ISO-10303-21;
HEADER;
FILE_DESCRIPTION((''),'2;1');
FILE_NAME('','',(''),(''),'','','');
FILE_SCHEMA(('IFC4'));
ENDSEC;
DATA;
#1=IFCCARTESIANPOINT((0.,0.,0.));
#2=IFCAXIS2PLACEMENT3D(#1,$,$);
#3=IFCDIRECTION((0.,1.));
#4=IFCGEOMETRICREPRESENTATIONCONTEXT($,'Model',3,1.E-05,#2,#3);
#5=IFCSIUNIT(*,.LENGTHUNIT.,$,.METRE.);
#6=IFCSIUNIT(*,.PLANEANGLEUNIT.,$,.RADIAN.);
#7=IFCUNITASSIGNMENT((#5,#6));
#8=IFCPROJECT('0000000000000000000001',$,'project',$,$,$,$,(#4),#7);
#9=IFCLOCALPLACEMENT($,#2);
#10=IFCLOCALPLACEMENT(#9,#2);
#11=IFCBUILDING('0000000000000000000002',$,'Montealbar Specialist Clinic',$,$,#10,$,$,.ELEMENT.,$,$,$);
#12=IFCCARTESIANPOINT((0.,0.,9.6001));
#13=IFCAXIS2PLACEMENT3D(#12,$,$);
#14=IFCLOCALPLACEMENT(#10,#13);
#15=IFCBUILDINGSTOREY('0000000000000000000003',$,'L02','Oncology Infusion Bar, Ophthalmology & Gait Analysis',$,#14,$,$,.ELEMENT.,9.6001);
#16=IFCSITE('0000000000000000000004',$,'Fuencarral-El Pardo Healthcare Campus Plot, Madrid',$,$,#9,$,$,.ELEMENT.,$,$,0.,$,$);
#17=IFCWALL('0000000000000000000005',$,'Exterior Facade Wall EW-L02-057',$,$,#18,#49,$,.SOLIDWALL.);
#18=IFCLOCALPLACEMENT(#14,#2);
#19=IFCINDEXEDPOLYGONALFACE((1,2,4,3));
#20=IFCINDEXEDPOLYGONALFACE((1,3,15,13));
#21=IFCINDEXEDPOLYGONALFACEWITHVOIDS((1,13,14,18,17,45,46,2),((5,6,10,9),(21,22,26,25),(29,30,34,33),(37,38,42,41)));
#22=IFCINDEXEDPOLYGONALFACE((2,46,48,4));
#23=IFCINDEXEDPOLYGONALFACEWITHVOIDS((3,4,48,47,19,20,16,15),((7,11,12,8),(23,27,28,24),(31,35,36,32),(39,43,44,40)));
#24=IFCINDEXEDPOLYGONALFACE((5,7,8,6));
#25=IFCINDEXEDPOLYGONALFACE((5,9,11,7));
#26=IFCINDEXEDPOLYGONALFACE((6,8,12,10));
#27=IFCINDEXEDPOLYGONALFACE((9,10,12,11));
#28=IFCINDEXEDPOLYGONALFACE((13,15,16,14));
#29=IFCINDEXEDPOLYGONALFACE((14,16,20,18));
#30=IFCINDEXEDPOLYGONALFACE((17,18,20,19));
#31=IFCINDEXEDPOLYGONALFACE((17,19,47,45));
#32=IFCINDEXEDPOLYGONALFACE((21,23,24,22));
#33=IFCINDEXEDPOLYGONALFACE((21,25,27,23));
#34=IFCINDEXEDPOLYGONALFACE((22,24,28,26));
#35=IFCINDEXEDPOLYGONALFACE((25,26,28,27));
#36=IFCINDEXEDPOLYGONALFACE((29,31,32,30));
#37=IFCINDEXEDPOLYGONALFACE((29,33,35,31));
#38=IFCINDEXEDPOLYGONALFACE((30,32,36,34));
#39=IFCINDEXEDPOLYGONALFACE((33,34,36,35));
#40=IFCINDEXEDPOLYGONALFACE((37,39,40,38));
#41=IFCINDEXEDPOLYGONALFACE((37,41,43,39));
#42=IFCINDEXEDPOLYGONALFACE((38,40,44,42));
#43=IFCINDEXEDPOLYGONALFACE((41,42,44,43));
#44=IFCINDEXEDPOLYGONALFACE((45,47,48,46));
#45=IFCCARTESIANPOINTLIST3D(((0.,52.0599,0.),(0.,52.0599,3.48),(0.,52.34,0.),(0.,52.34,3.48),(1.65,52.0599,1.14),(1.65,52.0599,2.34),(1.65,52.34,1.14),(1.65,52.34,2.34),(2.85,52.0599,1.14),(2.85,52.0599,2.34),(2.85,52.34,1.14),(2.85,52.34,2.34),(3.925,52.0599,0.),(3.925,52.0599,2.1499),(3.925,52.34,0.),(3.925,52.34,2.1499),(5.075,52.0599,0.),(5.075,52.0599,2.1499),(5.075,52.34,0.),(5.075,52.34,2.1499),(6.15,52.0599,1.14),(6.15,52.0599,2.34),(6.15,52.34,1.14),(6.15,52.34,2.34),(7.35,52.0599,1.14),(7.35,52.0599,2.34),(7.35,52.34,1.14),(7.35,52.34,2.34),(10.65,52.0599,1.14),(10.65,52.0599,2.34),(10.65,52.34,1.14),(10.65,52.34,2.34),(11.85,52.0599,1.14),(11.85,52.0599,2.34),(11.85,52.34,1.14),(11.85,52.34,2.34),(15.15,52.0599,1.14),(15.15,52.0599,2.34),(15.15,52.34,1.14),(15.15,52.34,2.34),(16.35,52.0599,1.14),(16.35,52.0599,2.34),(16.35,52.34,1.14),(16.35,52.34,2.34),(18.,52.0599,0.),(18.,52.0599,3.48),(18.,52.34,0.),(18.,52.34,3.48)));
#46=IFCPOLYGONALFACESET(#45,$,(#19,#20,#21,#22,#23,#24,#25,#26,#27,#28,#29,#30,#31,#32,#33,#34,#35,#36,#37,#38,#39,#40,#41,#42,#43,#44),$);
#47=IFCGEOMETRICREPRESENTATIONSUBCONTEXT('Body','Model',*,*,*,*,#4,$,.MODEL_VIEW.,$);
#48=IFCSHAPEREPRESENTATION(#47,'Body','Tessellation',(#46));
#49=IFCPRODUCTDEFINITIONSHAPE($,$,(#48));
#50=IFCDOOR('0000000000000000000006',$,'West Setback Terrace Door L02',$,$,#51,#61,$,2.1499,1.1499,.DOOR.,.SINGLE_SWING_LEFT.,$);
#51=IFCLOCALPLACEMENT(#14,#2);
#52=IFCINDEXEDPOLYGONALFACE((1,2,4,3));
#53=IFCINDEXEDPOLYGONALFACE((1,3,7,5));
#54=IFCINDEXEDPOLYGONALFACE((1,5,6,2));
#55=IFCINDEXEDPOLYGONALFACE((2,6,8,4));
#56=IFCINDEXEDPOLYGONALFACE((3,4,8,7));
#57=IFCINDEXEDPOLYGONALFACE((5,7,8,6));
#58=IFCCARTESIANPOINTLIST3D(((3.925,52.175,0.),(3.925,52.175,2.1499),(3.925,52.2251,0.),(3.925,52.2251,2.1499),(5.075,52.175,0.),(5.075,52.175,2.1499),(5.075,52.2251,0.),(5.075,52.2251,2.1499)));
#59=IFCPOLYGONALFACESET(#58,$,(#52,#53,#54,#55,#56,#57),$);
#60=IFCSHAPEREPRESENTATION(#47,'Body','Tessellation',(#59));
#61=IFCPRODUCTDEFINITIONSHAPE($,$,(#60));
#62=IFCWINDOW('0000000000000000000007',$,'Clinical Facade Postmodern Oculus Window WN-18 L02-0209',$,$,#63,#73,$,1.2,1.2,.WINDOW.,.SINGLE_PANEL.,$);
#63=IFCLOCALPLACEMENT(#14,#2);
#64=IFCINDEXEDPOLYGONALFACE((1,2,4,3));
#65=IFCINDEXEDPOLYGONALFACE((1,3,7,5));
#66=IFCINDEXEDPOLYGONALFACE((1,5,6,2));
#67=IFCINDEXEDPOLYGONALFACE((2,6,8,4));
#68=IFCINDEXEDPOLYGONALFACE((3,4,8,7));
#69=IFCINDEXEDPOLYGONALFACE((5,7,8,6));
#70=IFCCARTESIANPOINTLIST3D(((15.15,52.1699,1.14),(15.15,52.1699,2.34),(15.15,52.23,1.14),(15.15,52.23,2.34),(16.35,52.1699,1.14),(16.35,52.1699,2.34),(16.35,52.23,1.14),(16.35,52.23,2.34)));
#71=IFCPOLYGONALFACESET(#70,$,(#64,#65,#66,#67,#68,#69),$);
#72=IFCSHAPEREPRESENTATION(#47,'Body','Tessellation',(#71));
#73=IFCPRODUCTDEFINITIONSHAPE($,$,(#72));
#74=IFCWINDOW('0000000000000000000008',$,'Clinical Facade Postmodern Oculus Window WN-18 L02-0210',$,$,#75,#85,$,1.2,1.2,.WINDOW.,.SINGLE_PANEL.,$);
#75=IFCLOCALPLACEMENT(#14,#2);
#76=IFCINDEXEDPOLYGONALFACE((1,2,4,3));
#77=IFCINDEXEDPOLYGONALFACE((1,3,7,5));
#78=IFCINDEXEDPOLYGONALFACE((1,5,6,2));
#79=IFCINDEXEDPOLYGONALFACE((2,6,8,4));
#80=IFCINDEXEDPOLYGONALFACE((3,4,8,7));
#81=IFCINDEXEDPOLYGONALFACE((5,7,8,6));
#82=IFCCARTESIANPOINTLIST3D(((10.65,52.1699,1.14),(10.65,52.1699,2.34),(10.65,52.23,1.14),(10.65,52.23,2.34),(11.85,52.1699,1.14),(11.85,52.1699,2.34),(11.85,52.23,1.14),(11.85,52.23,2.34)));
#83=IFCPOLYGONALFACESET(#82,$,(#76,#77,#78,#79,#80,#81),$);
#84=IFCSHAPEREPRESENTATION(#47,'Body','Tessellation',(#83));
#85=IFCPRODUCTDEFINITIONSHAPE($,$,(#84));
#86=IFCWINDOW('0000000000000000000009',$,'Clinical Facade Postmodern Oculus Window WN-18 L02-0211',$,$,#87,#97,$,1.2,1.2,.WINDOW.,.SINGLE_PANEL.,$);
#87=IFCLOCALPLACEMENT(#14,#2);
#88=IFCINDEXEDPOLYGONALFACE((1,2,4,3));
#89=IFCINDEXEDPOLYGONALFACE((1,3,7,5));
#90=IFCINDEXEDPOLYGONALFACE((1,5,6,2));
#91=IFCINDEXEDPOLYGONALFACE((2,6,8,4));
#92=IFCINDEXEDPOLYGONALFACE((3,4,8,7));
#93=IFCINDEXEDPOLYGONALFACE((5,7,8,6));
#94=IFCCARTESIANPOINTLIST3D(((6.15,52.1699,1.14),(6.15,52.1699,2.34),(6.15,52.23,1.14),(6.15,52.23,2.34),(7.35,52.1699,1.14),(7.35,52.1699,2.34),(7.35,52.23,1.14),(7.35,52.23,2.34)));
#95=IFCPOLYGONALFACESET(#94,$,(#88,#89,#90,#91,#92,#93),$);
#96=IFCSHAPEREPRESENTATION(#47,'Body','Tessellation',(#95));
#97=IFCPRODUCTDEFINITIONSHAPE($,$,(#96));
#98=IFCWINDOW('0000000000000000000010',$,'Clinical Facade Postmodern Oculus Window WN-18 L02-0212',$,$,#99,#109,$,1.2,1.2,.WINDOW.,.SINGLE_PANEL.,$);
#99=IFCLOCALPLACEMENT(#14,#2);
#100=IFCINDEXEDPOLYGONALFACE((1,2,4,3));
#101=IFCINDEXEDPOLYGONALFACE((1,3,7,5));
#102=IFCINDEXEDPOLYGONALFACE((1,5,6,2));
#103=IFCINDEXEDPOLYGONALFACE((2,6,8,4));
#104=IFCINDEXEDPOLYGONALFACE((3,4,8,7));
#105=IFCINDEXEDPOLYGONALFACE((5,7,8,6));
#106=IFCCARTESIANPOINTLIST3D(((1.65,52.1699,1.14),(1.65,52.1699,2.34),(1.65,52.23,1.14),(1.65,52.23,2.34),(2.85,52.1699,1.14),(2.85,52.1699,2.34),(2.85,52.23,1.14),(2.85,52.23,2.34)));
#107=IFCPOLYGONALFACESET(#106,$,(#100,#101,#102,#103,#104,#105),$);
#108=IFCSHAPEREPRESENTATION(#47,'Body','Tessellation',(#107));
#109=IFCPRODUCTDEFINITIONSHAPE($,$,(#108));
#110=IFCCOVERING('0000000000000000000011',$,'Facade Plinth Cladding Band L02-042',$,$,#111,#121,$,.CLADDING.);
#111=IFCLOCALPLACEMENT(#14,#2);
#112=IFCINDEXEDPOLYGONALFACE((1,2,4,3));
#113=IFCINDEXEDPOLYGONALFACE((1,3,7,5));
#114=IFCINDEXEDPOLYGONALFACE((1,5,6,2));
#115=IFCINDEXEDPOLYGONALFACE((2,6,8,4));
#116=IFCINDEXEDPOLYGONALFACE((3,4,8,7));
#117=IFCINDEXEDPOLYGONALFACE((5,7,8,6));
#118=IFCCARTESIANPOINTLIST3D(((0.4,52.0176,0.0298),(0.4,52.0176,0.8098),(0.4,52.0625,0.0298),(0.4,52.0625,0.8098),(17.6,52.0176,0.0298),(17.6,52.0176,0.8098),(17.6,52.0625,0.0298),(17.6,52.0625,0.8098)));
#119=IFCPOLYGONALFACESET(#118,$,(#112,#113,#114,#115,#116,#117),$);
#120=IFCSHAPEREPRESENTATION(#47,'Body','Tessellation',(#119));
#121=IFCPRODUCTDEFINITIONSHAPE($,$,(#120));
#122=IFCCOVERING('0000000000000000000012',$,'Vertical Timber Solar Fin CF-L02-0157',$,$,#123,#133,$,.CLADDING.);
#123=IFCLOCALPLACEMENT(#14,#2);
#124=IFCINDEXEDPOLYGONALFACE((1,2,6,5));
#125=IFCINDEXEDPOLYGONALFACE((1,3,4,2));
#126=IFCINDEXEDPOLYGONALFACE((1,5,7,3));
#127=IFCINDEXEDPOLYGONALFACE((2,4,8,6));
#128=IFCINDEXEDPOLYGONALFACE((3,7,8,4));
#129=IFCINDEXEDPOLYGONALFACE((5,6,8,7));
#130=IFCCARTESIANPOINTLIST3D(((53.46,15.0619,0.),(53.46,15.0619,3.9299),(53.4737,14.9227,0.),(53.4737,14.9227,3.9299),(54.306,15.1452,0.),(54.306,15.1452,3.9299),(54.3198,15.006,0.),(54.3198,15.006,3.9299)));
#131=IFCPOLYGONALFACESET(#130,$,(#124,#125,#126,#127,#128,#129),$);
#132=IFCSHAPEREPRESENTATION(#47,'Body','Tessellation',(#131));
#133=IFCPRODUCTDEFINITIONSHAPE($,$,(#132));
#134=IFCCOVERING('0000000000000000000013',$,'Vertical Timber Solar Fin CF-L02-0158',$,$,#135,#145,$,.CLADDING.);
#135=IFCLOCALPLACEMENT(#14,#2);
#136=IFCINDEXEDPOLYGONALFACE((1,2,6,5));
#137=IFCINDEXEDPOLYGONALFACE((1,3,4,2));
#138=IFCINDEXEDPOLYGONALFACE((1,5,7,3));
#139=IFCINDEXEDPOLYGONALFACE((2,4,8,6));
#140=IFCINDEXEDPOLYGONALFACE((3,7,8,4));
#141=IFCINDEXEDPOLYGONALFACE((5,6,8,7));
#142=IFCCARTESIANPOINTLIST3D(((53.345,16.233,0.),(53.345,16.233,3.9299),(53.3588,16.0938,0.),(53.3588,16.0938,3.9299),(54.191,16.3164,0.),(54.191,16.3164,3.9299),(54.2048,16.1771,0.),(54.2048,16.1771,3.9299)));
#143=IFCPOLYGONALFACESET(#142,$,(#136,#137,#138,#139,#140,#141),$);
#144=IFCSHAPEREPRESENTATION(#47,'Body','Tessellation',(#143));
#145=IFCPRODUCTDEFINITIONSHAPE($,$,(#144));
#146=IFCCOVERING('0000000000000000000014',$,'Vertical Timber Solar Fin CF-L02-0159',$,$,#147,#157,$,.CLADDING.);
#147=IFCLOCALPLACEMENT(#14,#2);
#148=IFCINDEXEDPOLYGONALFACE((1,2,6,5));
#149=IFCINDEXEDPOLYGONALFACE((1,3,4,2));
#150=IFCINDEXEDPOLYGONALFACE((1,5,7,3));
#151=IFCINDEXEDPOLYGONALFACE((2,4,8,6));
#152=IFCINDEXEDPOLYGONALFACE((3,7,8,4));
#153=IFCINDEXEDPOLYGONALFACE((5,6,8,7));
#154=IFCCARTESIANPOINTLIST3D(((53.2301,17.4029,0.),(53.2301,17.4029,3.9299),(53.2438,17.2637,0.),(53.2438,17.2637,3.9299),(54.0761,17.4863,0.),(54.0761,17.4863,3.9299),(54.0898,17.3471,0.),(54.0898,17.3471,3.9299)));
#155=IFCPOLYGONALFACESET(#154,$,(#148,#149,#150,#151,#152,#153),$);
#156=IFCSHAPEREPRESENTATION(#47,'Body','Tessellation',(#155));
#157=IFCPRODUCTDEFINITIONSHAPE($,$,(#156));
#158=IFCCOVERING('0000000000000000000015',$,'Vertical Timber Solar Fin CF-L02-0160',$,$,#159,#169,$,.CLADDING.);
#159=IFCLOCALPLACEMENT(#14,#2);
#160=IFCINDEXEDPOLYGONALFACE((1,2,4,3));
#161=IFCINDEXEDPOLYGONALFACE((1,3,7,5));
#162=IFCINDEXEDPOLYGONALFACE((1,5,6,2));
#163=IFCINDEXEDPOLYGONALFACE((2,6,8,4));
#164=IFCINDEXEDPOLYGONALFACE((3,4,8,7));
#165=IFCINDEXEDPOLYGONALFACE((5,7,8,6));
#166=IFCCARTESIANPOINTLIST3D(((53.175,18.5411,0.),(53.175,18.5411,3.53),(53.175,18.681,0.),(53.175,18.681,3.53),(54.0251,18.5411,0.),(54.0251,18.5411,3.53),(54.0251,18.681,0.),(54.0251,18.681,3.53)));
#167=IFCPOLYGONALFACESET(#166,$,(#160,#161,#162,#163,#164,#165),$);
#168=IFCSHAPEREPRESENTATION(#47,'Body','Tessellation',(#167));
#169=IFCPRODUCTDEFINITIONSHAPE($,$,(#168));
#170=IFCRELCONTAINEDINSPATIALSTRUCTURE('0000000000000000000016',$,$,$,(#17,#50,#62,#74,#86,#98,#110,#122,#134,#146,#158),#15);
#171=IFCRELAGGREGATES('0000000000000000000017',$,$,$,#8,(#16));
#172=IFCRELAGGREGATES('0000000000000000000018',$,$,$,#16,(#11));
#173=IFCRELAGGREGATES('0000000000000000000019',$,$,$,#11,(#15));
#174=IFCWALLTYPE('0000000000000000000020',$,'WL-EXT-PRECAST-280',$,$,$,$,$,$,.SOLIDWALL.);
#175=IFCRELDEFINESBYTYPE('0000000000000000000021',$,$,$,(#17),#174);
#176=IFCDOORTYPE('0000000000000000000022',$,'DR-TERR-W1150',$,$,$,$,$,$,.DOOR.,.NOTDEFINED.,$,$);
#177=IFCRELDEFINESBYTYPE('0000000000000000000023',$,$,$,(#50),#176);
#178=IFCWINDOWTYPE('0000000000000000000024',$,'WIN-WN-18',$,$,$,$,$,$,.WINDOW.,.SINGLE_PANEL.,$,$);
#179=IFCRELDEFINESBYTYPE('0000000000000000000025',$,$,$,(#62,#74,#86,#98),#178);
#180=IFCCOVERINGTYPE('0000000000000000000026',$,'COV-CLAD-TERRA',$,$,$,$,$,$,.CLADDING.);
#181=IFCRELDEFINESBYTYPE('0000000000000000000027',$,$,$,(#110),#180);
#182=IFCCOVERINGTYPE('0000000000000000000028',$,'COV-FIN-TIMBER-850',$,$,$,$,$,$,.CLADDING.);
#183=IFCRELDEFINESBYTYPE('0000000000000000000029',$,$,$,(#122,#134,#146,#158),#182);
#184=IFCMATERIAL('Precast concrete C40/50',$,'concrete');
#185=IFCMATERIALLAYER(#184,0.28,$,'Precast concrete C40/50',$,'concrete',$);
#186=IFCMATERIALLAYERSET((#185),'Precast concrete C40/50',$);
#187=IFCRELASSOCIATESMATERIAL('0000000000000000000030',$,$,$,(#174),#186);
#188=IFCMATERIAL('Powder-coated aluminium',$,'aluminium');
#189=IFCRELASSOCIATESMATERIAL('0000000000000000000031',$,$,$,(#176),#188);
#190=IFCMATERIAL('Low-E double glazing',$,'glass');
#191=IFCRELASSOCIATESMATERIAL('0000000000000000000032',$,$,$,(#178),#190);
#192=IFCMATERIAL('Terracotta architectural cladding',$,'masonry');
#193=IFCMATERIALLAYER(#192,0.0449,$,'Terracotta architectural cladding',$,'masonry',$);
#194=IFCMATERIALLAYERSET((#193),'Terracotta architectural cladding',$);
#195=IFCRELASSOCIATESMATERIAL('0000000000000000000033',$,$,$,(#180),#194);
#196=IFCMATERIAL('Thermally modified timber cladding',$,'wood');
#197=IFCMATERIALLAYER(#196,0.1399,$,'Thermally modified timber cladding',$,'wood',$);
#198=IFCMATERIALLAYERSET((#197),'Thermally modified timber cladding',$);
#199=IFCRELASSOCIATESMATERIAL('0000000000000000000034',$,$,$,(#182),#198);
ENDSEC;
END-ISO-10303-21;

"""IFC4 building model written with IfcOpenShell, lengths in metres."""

from ifc_helpers import new_model, si_unit, direction, frame, frame_2d, origin, origin_2d, place, context, subcontext, project, spatial, rectangle, extrude, material, layer, layer_set, type_object, element, fill, save


model = new_model("IFC4")

# Units and contexts
model_context = context("Model", 3, precision=1e-05, world=origin(), true_north=direction((0.0, 1.0)))
body_context = subcontext(model_context, "Body", "Model", "MODEL_VIEW")
ifc_project = project(units=[si_unit("LENGTHUNIT", "METRE"), si_unit("PLANEANGLEUNIT", "RADIAN")], contexts=[model_context])

# Site, building, storey
site_placement = place(None, origin())
site = spatial("IfcSite", under=ifc_project, at=site_placement, Name="Fuencarral-El Pardo Healthcare Campus Plot, Madrid", CompositionType="ELEMENT", RefElevation=0.0)
building_placement = place(site_placement, origin())
building = spatial("IfcBuilding", under=site, at=building_placement, Name="Montealbar Specialist Clinic", CompositionType="ELEMENT")
storey_placement = place(building_placement, frame((0.0, 0.0, 9.6001)))
storey = spatial("IfcBuildingStorey", under=building, at=storey_placement, Name="L02", Description="Oncology Infusion Bar, Ophthalmology & Gait Analysis", CompositionType="ELEMENT", Elevation=9.6001)

# Wall, openings, door, windows
ifc_material_1 = material(Name="Precast concrete C40/50", Category="concrete")
ifc_layer_1 = layer(ifc_material_1, 0.28, Name="Precast concrete C40/50", Category="concrete")
ifc_layer_set_1 = layer_set([ifc_layer_1], Name="Precast concrete C40/50")
wall_type = type_object("IfcWallType", Name="WL-EXT-PRECAST-280", PredefinedType="SOLIDWALL", material=ifc_layer_set_1)
wall_placement = place(storey_placement, frame((18.0, 52.2, 0.0), z_axis=(0.0, 0.0, 1.0), x_axis=(-1.0, 0.0, 0.0)))
wall = element("IfcWall", 1, at=wall_placement, inside=storey, type_object=wall_type, Name="Exterior Facade Wall EW-L02-057", PredefinedType="SOLIDWALL", context=body_context, shape_type="SweptSolid", body=[
    extrude(rectangle(XDim=18.0, YDim=0.28, at=frame_2d((9.0, 0.0))), origin(), (0.0, 0.0, 1.0), 3.48),
])
opening_1_placement = place(wall_placement, frame((12.925, 0.0, 0.0)))
opening_1 = element("IfcOpeningElement", 2, at=opening_1_placement, cuts=wall, PredefinedType="OPENING", context=body_context, shape_type="SweptSolid", body=[
    extrude(rectangle(XDim=1.1499, YDim=2.1499, at=frame_2d((0.575, 1.075))), frame((0.0, 0.1499, 0.0), z_axis=(0.0, -1.0, 0.0), x_axis=(1.0, 0.0, 0.0)), (0.0, 0.0, 1.0), 0.3),
])
opening_2_placement = place(wall_placement, frame((1.6499, 0.0, 1.1399)))
opening_2 = element("IfcOpeningElement", 3, at=opening_2_placement, cuts=wall, PredefinedType="OPENING", context=body_context, shape_type="SweptSolid", body=[
    extrude(rectangle(XDim=1.2, YDim=1.2, at=frame_2d((0.6001, 0.6001))), frame((0.0, 0.1499, 0.0), z_axis=(0.0, -1.0, 0.0), x_axis=(1.0, 0.0, 0.0)), (0.0, 0.0, 1.0), 0.3),
])
opening_3_placement = place(wall_placement, frame((6.1499, 0.0, 1.1399)))
opening_3 = element("IfcOpeningElement", 4, at=opening_3_placement, cuts=wall, PredefinedType="OPENING", context=body_context, shape_type="SweptSolid", body=[
    extrude(rectangle(XDim=1.2, YDim=1.2, at=frame_2d((0.6001, 0.6001))), frame((0.0, 0.1499, 0.0), z_axis=(0.0, -1.0, 0.0), x_axis=(1.0, 0.0, 0.0)), (0.0, 0.0, 1.0), 0.3),
])
opening_4_placement = place(wall_placement, frame((10.6499, 0.0, 1.1399)))
opening_4 = element("IfcOpeningElement", 5, at=opening_4_placement, cuts=wall, PredefinedType="OPENING", context=body_context, shape_type="SweptSolid", body=[
    extrude(rectangle(XDim=1.2, YDim=1.2, at=frame_2d((0.6001, 0.6001))), frame((0.0, 0.1499, 0.0), z_axis=(0.0, -1.0, 0.0), x_axis=(1.0, 0.0, 0.0)), (0.0, 0.0, 1.0), 0.3),
])
opening_5_placement = place(wall_placement, frame((15.1499, 0.0, 1.1399)))
opening_5 = element("IfcOpeningElement", 6, at=opening_5_placement, cuts=wall, PredefinedType="OPENING", context=body_context, shape_type="SweptSolid", body=[
    extrude(rectangle(XDim=1.2, YDim=1.2, at=frame_2d((0.6001, 0.6001))), frame((0.0, 0.1499, 0.0), z_axis=(0.0, -1.0, 0.0), x_axis=(1.0, 0.0, 0.0)), (0.0, 0.0, 1.0), 0.3),
])
ifc_material_2 = material(Name="Powder-coated aluminium", Category="aluminium")
door_type = type_object("IfcDoorType", Name="DR-TERR-W1150", OperationType="NOTDEFINED", PredefinedType="DOOR", material=ifc_material_2)
door_placement = place(opening_1_placement, origin())
door = element("IfcDoor", 7, at=door_placement, inside=storey, type_object=door_type, Name="West Setback Terrace Door L02", OperationType="SINGLE_SWING_LEFT", OverallHeight=2.1499, OverallWidth=1.1499, PredefinedType="DOOR", context=body_context, shape_type="SweptSolid", body=[
    extrude(rectangle(XDim=1.1499, YDim=2.1499, at=frame_2d((0.575, 1.075))), frame((0.0, 0.0249, 0.0), z_axis=(0.0, -1.0, 0.0), x_axis=(1.0, 0.0, 0.0)), (0.0, 0.0, 1.0), 0.05),
])
fill(opening_1, door)
ifc_material_3 = material(Name="Low-E double glazing", Category="glass")
window_type = type_object("IfcWindowType", Name="WIN-WN-18", PartitioningType="SINGLE_PANEL", PredefinedType="WINDOW", material=ifc_material_3)
window_1_placement = place(opening_2_placement, origin())
window_1 = element("IfcWindow", 8, at=window_1_placement, inside=storey, type_object=window_type, Name="Clinical Facade Postmodern Oculus Window WN-18 L02-0209", OverallHeight=1.2, OverallWidth=1.2, PartitioningType="SINGLE_PANEL", PredefinedType="WINDOW", context=body_context, shape_type="SweptSolid", body=[
    extrude(rectangle(XDim=1.2, YDim=1.2, at=frame_2d((0.6001, 0.6001))), frame((0.0, 0.03, 0.0), z_axis=(0.0, -1.0, 0.0), x_axis=(1.0, 0.0, 0.0)), (0.0, 0.0, 1.0), 0.0601),
])
fill(opening_2, window_1)
window_2_placement = place(opening_3_placement, origin())
window_2 = element("IfcWindow", 9, at=window_2_placement, inside=storey, type_object=window_type, Name="Clinical Facade Postmodern Oculus Window WN-18 L02-0210", OverallHeight=1.2, OverallWidth=1.2, PartitioningType="SINGLE_PANEL", PredefinedType="WINDOW", context=body_context, shape_type="SweptSolid", body=[
    extrude(rectangle(XDim=1.2, YDim=1.2, at=frame_2d((0.6001, 0.6001))), frame((0.0, 0.03, 0.0), z_axis=(0.0, -1.0, 0.0), x_axis=(1.0, 0.0, 0.0)), (0.0, 0.0, 1.0), 0.0601),
])
fill(opening_3, window_2)
window_3_placement = place(opening_4_placement, origin())
window_3 = element("IfcWindow", 10, at=window_3_placement, inside=storey, type_object=window_type, Name="Clinical Facade Postmodern Oculus Window WN-18 L02-0211", OverallHeight=1.2, OverallWidth=1.2, PartitioningType="SINGLE_PANEL", PredefinedType="WINDOW", context=body_context, shape_type="SweptSolid", body=[
    extrude(rectangle(XDim=1.2, YDim=1.2, at=frame_2d((0.6001, 0.6001))), frame((0.0, 0.03, 0.0), z_axis=(0.0, -1.0, 0.0), x_axis=(1.0, 0.0, 0.0)), (0.0, 0.0, 1.0), 0.0601),
])
fill(opening_4, window_3)
window_4_placement = place(opening_5_placement, origin())
window_4 = element("IfcWindow", 11, at=window_4_placement, inside=storey, type_object=window_type, Name="Clinical Facade Postmodern Oculus Window WN-18 L02-0212", OverallHeight=1.2, OverallWidth=1.2, PartitioningType="SINGLE_PANEL", PredefinedType="WINDOW", context=body_context, shape_type="SweptSolid", body=[
    extrude(rectangle(XDim=1.2, YDim=1.2, at=frame_2d((0.6001, 0.6001))), frame((0.0, 0.03, 0.0), z_axis=(0.0, -1.0, 0.0), x_axis=(1.0, 0.0, 0.0)), (0.0, 0.0, 1.0), 0.0601),
])
fill(opening_5, window_4)

# Coverings
ifc_material_4 = material(Name="Terracotta architectural cladding", Category="masonry")
ifc_layer_2 = layer(ifc_material_4, 0.0449, Name="Terracotta architectural cladding", Category="masonry")
ifc_layer_set_2 = layer_set([ifc_layer_2], Name="Terracotta architectural cladding")
covering_type_1 = type_object("IfcCoveringType", Name="COV-CLAD-TERRA", PredefinedType="CLADDING", material=ifc_layer_set_2)
covering_placement = place(storey_placement, frame((9.0, 52.04, 0.0298), z_axis=(0.0, 0.0, 1.0), x_axis=(-1.0, 0.0, 0.0)))
element("IfcCovering", 12, at=covering_placement, inside=storey, type_object=covering_type_1, Name="Facade Plinth Cladding Band L02-042", PredefinedType="CLADDING", context=body_context, shape_type="SweptSolid", body=[
    extrude(rectangle(XDim=17.2, YDim=0.0449, at=origin_2d()), origin(), (0.0, 0.0, 1.0), 0.78),
])
ifc_material_5 = material(Name="Thermally modified timber cladding", Category="wood")
ifc_layer_3 = layer(ifc_material_5, 0.1399, Name="Thermally modified timber cladding", Category="wood")
ifc_layer_set_3 = layer_set([ifc_layer_3], Name="Thermally modified timber cladding")
covering_type_2 = type_object("IfcCoveringType", Name="COV-FIN-TIMBER-850", PredefinedType="CLADDING", material=ifc_layer_set_3)
for number, where, z_axis, x_axis, name in (
    (13, (53.8899, 15.0339, 0.0), (0.0, 0.0, 1.0), (-0.995182, -0.098045, 0.0), "Vertical Timber Solar Fin CF-L02-0157"),
    (14, (53.7749, 16.2051, 0.0), (0.0, 0.0, 1.0), (-0.995182, -0.098045, 0.0), "Vertical Timber Solar Fin CF-L02-0158"),
    (15, (53.6599, 17.375, 0.0), (0.0, 0.0, 1.0), (-0.995182, -0.098045, 0.0), "Vertical Timber Solar Fin CF-L02-0159"),
):
    element("IfcCovering", number, at=place(storey_placement, frame(where, z_axis=z_axis, x_axis=x_axis)), inside=storey, type_object=covering_type_2, Name=name, PredefinedType="CLADDING", context=body_context, shape_type="SweptSolid", body=[
        extrude(rectangle(XDim=0.8501, YDim=0.1399, at=origin_2d()), origin(), (0.0, 0.0, 1.0), 3.9299),
    ])
for number, where, z_axis, x_axis, name in (
    (16, (53.6001, 18.6111, 0.0), (0.0, 0.0, 1.0), (-1.0, 0.0, 0.0), "Vertical Timber Solar Fin CF-L02-0160"),
):
    element("IfcCovering", number, at=place(storey_placement, frame(where, z_axis=z_axis, x_axis=x_axis)), inside=storey, type_object=covering_type_2, Name=name, PredefinedType="CLADDING", context=body_context, shape_type="SweptSolid", body=[
        extrude(rectangle(XDim=0.8501, YDim=0.1399, at=origin_2d()), origin(), (0.0, 0.0, 1.0), 3.53),
    ])

save(model, "model.ifc")
